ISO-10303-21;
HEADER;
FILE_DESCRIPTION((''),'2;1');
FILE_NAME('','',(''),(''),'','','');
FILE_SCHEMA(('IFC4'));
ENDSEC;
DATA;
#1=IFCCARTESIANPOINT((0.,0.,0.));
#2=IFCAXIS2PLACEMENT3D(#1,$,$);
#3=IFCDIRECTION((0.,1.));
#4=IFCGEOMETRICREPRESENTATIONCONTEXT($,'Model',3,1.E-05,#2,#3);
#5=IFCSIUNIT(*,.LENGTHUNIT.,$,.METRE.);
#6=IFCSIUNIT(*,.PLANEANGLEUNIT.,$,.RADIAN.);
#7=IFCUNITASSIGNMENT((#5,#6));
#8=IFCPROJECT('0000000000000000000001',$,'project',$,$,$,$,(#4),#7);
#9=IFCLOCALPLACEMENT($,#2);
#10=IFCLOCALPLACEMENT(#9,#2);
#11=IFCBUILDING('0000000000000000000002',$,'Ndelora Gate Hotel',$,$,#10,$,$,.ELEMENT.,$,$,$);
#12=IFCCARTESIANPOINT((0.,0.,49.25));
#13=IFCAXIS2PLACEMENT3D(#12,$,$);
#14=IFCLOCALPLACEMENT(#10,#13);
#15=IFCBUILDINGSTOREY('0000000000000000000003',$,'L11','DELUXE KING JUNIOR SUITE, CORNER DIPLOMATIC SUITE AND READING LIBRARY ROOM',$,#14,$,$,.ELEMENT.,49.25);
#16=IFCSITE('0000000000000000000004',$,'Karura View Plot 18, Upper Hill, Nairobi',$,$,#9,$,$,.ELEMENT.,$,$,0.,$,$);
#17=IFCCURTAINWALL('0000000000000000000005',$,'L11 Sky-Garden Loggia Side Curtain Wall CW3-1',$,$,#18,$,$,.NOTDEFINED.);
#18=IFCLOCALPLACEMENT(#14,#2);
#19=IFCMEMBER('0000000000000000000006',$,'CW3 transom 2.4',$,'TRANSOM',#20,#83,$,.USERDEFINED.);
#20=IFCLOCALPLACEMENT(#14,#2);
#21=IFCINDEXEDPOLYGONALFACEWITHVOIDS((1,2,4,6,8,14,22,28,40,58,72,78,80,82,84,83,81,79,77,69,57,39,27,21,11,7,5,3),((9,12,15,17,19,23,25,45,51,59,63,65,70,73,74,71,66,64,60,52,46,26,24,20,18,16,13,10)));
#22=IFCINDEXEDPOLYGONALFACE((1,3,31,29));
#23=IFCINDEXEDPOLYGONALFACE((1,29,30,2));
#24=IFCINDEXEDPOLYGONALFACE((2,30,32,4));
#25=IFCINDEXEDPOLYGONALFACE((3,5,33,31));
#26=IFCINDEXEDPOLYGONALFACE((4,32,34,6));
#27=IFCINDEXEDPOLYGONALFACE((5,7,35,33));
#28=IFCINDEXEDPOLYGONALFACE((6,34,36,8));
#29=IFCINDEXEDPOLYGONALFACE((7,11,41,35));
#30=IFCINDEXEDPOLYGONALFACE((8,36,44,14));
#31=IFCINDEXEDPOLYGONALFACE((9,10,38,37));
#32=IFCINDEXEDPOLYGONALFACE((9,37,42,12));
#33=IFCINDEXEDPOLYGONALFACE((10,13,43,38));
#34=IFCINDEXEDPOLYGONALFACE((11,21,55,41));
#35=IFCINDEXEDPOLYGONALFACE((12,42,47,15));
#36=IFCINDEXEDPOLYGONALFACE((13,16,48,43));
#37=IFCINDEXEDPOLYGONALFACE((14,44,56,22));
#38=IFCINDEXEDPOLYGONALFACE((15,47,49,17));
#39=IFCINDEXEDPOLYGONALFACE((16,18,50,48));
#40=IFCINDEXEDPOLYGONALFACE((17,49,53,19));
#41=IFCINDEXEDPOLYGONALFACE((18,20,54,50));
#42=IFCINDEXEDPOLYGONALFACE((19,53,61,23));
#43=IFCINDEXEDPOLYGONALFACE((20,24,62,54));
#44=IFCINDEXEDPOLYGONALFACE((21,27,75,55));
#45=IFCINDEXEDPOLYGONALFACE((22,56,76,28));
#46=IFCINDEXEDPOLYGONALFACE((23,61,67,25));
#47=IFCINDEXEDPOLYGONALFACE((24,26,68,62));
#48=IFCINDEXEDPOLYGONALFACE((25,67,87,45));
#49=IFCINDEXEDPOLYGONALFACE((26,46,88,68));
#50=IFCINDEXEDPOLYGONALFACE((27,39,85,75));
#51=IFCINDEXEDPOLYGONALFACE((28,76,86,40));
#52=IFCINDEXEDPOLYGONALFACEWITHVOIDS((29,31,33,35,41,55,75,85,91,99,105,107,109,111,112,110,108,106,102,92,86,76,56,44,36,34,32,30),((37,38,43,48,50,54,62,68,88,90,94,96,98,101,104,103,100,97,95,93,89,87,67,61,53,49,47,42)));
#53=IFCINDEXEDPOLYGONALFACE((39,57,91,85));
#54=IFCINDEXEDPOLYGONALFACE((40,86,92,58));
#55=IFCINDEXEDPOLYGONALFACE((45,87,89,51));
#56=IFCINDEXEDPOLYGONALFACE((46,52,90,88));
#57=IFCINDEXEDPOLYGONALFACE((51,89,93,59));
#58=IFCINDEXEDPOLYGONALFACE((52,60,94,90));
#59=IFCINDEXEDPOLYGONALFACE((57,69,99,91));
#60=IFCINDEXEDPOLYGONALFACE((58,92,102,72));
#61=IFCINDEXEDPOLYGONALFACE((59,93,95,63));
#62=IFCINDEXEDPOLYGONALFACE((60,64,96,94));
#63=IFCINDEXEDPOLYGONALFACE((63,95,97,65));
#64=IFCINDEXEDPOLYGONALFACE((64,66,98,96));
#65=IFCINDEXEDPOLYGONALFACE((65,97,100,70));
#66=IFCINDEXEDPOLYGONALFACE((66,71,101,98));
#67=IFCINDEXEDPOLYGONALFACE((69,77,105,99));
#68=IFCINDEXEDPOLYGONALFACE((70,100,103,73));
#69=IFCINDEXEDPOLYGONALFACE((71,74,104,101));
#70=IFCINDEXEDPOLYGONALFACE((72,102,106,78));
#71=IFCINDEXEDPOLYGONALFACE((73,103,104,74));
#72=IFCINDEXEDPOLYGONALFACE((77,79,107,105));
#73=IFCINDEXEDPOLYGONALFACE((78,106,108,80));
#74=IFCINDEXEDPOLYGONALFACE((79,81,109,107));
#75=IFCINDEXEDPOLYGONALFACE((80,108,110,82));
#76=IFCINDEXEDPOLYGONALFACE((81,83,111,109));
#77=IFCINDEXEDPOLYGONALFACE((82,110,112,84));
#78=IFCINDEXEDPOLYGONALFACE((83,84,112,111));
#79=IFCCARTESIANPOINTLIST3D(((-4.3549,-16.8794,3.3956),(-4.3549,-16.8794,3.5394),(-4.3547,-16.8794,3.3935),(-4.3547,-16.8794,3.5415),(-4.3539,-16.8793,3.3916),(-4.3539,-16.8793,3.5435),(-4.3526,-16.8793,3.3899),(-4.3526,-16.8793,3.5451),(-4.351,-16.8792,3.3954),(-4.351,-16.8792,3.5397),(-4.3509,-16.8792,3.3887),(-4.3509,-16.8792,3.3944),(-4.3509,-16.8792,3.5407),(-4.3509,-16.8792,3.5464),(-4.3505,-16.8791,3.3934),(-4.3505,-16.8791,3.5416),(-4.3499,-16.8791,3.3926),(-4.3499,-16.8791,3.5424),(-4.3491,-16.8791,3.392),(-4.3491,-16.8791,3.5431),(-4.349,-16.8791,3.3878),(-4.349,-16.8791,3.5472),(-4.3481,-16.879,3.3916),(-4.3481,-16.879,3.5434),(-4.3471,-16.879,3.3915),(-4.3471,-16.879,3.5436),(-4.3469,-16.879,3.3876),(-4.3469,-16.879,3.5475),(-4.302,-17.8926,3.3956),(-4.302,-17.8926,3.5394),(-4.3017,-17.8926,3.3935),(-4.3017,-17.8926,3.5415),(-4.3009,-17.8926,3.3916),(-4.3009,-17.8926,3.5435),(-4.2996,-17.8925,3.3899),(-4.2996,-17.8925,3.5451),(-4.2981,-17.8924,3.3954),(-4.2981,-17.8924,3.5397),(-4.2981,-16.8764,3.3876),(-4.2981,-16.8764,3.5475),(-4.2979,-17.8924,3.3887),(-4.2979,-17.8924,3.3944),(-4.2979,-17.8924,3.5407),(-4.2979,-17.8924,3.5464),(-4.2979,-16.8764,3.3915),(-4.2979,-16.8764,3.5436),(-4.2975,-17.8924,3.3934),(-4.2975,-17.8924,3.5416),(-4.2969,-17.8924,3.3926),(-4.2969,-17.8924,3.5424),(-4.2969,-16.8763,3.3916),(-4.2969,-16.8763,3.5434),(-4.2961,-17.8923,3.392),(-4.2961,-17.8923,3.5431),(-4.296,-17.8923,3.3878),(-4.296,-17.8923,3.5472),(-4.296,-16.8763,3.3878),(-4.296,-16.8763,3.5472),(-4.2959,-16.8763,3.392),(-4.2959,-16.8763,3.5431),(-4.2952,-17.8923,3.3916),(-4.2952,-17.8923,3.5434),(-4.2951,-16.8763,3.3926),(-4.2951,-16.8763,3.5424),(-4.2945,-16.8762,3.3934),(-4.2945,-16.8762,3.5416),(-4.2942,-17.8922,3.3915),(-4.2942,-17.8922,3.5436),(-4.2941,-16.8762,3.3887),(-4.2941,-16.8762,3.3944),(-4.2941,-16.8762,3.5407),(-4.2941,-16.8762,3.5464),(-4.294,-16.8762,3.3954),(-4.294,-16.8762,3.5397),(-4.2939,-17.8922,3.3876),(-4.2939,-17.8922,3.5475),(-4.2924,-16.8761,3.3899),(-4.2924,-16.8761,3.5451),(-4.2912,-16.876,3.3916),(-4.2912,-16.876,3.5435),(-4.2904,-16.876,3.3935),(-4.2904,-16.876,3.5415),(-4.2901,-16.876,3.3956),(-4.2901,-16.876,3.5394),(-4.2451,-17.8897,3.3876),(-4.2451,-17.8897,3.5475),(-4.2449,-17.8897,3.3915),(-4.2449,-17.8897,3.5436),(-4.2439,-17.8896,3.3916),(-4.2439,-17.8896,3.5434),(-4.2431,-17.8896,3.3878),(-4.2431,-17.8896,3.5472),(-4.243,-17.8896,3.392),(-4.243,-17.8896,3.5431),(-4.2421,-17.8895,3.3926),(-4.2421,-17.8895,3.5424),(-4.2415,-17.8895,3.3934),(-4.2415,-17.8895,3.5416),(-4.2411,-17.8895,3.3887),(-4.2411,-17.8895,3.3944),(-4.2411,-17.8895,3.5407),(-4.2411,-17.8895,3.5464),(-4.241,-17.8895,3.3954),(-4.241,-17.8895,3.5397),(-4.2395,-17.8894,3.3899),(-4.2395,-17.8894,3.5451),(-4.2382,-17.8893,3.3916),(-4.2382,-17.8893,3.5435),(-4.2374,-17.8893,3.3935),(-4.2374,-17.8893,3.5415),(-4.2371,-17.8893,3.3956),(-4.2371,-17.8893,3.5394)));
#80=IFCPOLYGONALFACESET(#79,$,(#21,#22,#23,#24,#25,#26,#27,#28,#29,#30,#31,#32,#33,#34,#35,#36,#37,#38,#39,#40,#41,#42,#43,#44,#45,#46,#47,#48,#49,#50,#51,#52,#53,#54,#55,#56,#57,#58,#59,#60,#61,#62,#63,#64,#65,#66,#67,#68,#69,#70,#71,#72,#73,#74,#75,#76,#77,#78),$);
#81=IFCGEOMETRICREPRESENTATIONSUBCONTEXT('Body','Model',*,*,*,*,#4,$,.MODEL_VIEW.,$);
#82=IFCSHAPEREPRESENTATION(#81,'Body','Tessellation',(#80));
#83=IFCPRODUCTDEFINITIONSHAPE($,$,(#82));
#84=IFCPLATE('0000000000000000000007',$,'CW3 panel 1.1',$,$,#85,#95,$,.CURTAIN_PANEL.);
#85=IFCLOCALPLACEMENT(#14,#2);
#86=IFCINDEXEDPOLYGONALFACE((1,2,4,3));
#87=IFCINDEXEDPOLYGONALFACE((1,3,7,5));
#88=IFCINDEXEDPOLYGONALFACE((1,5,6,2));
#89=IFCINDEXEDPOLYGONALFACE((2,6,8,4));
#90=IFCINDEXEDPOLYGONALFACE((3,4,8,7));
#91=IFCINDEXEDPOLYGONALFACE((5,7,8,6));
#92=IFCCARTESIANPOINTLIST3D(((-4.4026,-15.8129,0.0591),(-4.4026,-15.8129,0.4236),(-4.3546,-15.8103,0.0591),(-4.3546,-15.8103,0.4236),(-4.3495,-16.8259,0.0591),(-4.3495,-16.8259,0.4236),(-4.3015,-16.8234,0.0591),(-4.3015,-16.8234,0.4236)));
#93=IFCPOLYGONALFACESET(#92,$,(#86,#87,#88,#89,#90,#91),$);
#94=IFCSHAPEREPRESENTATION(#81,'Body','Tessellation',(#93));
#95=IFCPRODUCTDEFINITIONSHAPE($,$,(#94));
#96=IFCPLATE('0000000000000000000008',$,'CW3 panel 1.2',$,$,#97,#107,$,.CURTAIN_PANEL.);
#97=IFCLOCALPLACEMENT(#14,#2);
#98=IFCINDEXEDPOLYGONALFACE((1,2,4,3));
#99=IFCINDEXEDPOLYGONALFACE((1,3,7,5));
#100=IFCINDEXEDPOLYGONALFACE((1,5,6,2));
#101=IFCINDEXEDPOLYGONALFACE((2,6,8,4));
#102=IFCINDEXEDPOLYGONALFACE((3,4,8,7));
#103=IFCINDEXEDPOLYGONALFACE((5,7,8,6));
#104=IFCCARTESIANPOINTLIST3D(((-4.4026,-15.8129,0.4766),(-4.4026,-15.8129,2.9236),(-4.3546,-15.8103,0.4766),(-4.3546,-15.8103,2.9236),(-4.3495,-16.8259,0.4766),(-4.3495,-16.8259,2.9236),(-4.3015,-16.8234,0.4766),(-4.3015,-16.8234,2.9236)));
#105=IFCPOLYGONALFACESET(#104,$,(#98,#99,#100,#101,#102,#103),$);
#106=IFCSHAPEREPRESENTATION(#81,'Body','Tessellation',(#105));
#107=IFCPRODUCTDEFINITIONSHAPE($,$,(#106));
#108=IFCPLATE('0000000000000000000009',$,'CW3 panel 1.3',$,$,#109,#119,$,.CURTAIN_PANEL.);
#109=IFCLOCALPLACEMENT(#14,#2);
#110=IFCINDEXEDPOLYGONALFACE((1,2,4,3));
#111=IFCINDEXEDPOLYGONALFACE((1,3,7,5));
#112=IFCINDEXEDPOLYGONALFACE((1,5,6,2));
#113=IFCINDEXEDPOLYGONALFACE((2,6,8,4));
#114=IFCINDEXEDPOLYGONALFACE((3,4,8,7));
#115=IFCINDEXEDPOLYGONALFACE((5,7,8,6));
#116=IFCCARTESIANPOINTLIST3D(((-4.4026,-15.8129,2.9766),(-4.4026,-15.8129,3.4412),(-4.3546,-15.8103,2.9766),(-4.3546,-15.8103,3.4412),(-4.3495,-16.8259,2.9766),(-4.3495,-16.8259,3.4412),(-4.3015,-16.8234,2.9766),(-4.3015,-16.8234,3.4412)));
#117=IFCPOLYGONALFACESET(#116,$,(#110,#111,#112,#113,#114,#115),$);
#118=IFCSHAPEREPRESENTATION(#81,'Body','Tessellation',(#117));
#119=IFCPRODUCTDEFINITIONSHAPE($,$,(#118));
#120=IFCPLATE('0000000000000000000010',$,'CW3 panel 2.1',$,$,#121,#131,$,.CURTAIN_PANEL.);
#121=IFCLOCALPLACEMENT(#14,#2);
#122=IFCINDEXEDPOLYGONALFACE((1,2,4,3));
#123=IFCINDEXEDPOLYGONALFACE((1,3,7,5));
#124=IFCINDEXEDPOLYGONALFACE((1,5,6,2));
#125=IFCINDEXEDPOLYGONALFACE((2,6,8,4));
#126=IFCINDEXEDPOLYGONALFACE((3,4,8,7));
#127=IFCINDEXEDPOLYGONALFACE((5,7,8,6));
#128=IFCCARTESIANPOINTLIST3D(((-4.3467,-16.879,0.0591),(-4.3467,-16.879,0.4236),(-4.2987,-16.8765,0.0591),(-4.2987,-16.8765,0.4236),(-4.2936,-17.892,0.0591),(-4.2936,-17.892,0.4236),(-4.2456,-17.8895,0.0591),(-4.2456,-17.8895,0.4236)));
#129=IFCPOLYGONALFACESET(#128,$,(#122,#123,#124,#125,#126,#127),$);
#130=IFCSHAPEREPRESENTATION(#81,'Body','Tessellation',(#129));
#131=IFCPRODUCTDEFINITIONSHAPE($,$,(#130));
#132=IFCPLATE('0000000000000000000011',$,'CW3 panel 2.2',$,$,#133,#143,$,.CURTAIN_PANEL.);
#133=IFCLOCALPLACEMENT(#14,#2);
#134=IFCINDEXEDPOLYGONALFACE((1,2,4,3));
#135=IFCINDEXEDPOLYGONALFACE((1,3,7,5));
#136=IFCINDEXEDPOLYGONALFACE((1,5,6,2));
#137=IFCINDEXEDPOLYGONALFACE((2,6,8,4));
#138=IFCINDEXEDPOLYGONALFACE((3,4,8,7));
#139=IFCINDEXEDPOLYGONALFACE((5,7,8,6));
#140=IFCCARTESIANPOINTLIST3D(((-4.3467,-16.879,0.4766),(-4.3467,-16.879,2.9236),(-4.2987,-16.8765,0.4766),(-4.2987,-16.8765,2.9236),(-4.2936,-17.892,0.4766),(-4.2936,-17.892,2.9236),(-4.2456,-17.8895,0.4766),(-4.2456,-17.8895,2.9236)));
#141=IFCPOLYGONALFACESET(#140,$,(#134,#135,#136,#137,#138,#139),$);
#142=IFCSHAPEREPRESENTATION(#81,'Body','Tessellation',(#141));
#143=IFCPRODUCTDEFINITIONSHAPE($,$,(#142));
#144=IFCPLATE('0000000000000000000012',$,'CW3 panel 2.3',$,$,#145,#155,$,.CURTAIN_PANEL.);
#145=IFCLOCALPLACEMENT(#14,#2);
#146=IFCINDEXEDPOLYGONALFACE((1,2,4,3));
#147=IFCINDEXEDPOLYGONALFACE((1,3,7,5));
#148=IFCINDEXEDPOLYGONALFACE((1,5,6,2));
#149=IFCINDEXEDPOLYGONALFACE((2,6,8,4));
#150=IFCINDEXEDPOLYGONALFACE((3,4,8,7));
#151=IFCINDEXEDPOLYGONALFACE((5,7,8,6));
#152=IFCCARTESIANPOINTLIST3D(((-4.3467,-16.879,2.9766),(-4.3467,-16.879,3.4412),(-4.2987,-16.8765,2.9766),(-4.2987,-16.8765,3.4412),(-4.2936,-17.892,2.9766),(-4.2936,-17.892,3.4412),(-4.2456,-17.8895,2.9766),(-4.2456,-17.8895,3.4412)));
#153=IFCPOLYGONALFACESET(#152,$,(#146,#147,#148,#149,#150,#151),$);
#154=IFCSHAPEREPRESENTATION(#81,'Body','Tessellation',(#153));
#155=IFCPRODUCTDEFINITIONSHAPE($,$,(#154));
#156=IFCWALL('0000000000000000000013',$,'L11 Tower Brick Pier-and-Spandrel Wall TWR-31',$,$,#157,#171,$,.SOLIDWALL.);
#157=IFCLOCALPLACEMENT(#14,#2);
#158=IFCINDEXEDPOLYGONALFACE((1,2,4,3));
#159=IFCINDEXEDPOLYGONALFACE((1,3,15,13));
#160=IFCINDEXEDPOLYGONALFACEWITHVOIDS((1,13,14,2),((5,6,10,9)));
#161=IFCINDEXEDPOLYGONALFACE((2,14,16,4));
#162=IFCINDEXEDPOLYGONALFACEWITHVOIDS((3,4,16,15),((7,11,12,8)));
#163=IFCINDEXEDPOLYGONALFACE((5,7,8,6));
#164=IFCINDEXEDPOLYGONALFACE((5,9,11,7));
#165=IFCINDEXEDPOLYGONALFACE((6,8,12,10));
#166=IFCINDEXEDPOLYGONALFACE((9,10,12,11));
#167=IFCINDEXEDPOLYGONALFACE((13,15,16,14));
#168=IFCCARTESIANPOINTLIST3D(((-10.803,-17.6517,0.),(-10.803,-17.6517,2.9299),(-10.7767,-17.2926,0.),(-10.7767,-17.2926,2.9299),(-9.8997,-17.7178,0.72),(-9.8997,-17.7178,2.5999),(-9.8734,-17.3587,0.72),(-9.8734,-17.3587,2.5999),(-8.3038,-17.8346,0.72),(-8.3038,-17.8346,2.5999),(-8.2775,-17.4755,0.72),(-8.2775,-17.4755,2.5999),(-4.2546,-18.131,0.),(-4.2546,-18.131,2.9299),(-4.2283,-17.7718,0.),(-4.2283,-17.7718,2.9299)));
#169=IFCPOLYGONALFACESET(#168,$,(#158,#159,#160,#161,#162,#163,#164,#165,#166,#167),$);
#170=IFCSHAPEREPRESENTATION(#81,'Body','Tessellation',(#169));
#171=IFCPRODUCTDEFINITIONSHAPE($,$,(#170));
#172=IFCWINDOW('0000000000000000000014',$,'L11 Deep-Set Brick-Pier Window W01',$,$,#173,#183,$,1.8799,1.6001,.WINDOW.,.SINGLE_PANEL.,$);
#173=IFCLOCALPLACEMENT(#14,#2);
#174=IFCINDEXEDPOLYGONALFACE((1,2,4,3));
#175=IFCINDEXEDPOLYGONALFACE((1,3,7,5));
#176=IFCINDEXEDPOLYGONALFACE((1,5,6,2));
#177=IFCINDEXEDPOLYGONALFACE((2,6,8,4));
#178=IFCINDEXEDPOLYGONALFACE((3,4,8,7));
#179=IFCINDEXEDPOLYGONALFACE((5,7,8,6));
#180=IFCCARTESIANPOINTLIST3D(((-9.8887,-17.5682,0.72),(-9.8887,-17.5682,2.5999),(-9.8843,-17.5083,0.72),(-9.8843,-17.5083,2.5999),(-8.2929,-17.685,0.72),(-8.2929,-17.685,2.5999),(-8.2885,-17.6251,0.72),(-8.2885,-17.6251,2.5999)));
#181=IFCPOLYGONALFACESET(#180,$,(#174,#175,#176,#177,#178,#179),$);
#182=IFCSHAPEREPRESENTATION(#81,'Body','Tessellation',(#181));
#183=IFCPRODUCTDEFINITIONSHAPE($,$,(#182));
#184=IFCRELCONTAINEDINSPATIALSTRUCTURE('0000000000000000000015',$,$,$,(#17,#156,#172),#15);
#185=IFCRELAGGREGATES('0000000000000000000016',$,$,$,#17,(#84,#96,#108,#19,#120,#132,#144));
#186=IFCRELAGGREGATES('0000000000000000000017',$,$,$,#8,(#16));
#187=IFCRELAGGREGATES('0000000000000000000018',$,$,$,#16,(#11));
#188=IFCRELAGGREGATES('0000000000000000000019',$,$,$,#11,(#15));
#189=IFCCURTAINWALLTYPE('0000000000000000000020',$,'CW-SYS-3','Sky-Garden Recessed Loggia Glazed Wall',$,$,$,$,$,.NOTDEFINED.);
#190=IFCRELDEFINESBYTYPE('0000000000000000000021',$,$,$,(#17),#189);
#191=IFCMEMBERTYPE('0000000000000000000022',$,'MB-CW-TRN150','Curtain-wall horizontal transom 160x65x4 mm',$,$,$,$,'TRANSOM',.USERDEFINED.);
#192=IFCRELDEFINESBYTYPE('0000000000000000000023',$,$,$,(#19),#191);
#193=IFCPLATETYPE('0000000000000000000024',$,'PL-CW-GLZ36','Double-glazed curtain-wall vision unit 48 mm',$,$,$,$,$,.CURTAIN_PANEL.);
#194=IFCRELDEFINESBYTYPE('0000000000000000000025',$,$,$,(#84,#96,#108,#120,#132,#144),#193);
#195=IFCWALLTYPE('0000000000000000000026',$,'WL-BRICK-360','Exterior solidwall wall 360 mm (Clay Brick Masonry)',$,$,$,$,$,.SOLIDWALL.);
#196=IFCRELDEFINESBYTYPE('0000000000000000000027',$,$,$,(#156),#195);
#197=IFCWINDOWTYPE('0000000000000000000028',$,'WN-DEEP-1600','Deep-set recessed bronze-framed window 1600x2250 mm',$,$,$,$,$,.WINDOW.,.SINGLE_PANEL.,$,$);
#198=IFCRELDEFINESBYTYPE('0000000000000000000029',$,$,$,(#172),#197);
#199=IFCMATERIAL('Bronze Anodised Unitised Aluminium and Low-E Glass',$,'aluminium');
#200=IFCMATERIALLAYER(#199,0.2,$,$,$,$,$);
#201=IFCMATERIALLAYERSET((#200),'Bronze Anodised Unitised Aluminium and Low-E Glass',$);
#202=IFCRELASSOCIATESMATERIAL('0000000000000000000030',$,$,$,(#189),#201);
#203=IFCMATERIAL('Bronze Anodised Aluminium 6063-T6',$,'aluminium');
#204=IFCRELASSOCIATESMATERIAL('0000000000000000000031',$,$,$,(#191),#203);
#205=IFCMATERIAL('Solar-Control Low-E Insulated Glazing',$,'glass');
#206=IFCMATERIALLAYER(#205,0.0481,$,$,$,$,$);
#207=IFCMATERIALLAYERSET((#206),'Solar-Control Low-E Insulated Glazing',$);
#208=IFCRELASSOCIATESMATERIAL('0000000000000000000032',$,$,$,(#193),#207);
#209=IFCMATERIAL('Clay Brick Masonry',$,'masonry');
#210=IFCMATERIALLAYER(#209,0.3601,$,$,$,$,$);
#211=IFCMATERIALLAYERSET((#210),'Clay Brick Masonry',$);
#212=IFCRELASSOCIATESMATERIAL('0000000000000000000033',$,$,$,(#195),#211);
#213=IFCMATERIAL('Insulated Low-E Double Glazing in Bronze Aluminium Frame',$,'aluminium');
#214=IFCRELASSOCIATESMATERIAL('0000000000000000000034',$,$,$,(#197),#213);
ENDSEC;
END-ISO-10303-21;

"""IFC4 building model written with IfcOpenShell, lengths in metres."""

from ifc_helpers import new_model, si_unit, direction, frame, frame_2d, origin, origin_2d, place, context, subcontext, project, spatial, rectangle, hollow_rectangle, extrude, material, layer, layer_set, material_profile, profile_set, type_object, element, fill, aggregate, save


model = new_model("IFC4")

# Units and contexts
model_context = context("Model", 3, precision=1e-05, world=origin(), true_north=direction((0.0, 1.0)))
body_context = subcontext(model_context, "Body", "Model", "MODEL_VIEW")
ifc_project = project(units=[si_unit("LENGTHUNIT", "METRE"), si_unit("PLANEANGLEUNIT", "RADIAN")], contexts=[model_context])

# Site, building, storey
site_placement = place(None, origin())
site = spatial("IfcSite", under=ifc_project, at=site_placement, Name="Karura View Plot 18, Upper Hill, Nairobi", CompositionType="ELEMENT", RefElevation=0.0)
building_placement = place(site_placement, origin())
building = spatial("IfcBuilding", under=site, at=building_placement, Name="Ndelora Gate Hotel", CompositionType="ELEMENT")
storey_placement = place(building_placement, frame((0.0, 0.0, 49.25)))
storey = spatial("IfcBuildingStorey", under=building, at=storey_placement, Name="L11", Description="DELUXE KING JUNIOR SUITE, CORNER DIPLOMATIC SUITE AND READING LIBRARY ROOM", CompositionType="ELEMENT", Elevation=49.25)

# Curtain wall, member, plates
ifc_material_1 = material(Name="Bronze Anodised Unitised Aluminium and Low-E Glass", Category="aluminium")
ifc_layer_1 = layer(ifc_material_1, 0.2)
ifc_layer_set_1 = layer_set([ifc_layer_1], Name="Bronze Anodised Unitised Aluminium and Low-E Glass")
curtain_wall_type = type_object("IfcCurtainWallType", Name="CW-SYS-3", Description="Sky-Garden Recessed Loggia Glazed Wall", PredefinedType="NOTDEFINED", material=ifc_layer_set_1)
curtain_wall_placement = place(storey_placement, origin())
curtain_wall = element("IfcCurtainWall", 1, at=curtain_wall_placement, inside=storey, type_object=curtain_wall_type, Name="L11 Sky-Garden Loggia Side Curtain Wall CW3-1", PredefinedType="NOTDEFINED")
ifc_material_2 = material(Name="Bronze Anodised Aluminium 6063-T6", Category="aluminium")
ifc_material_profile_1 = material_profile(ifc_material_2, hollow_rectangle(XDim=0.0649, YDim=0.1599, WallThickness=0.0039, InnerFilletRadius=0.0039, OuterFilletRadius=0.0081, at=origin_2d()), Name="ALU 160x65x4")
ifc_profile_set_1 = profile_set([ifc_material_profile_1], Name="Bronze Anodised Aluminium 6063-T6")
member_type_1 = type_object("IfcMemberType", Name="MB-CW-TRN150", Description="Curtain-wall horizontal transom 160x65x4 mm", ElementType="TRANSOM", PredefinedType="USERDEFINED", material=ifc_profile_set_1)
member_1_placement = place(storey_placement, frame((-4.3225, -16.8777, 3.4675), z_axis=(0.052218, -0.998636, 0.0), x_axis=(0.998636, 0.052218, 0.0)))
member_1 = element("IfcMember", 2, at=member_1_placement, type_object=member_type_1, Name="CW3 transom 2.4", ObjectType="TRANSOM", PredefinedType="USERDEFINED", context=body_context, shape_type="SweptSolid", body=[
    extrude(hollow_rectangle(XDim=0.0649, YDim=0.1599, WallThickness=0.0039, InnerFilletRadius=0.0039, OuterFilletRadius=0.0081, at=origin_2d()), origin(), (0.0, 0.0, 1.0), 1.0146),
])
ifc_material_3 = material(Name="Solar-Control Low-E Insulated Glazing", Category="glass")
ifc_layer_2 = layer(ifc_material_3, 0.0481)
ifc_layer_set_2 = layer_set([ifc_layer_2], Name="Solar-Control Low-E Insulated Glazing")
plate_type = type_object("IfcPlateType", Name="PL-CW-GLZ36", Description="Double-glazed curtain-wall vision unit 48 mm", PredefinedType="CURTAIN_PANEL", material=ifc_layer_set_2)
plate_1_placement = place(storey_placement, frame((-4.3521, -16.3181, 0.0591), z_axis=(0.0, 0.0, 1.0), x_axis=(0.052363, -0.998628, 0.0)))
plate_1 = element("IfcPlate", 3, at=plate_1_placement, type_object=plate_type, Name="CW3 panel 1.1", PredefinedType="CURTAIN_PANEL", context=body_context, shape_type="SweptSolid", body=[
    extrude(rectangle(XDim=1.0144, YDim=0.0481, at=origin_2d()), origin(), (0.0, 0.0, 1.0), 0.3645),
])
plate_2_placement = place(storey_placement, frame((-4.3521, -16.3181, 0.4766), z_axis=(0.0, 0.0, 1.0), x_axis=(0.052363, -0.998628, 0.0)))
plate_2 = element("IfcPlate", 4, at=plate_2_placement, type_object=plate_type, Name="CW3 panel 1.2", PredefinedType="CURTAIN_PANEL", context=body_context, shape_type="SweptSolid", body=[
    extrude(rectangle(XDim=1.0144, YDim=0.0481, at=origin_2d()), origin(), (0.0, 0.0, 1.0), 2.447),
])
plate_3_placement = place(storey_placement, frame((-4.3521, -16.3181, 2.9766), z_axis=(0.0, 0.0, 1.0), x_axis=(0.052363, -0.998628, 0.0)))
plate_3 = element("IfcPlate", 5, at=plate_3_placement, type_object=plate_type, Name="CW3 panel 1.3", PredefinedType="CURTAIN_PANEL", context=body_context, shape_type="SweptSolid", body=[
    extrude(rectangle(XDim=1.0144, YDim=0.0481, at=origin_2d()), origin(), (0.0, 0.0, 1.0), 0.4646),
])
plate_4_placement = place(storey_placement, frame((-4.2961, -17.3843, 0.0591), z_axis=(0.0, 0.0, 1.0), x_axis=(0.052363, -0.998628, 0.0)))
plate_4 = element("IfcPlate", 6, at=plate_4_placement, type_object=plate_type, Name="CW3 panel 2.1", PredefinedType="CURTAIN_PANEL", context=body_context, shape_type="SweptSolid", body=[
    extrude(rectangle(XDim=1.0144, YDim=0.0481, at=origin_2d()), origin(), (0.0, 0.0, 1.0), 0.3645),
])
plate_5_placement = place(storey_placement, frame((-4.2961, -17.3843, 0.4766), z_axis=(0.0, 0.0, 1.0), x_axis=(0.052363, -0.998628, 0.0)))
plate_5 = element("IfcPlate", 7, at=plate_5_placement, type_object=plate_type, Name="CW3 panel 2.2", PredefinedType="CURTAIN_PANEL", context=body_context, shape_type="SweptSolid", body=[
    extrude(rectangle(XDim=1.0144, YDim=0.0481, at=origin_2d()), origin(), (0.0, 0.0, 1.0), 2.447),
])
plate_6_placement = place(storey_placement, frame((-4.2961, -17.3843, 2.9766), z_axis=(0.0, 0.0, 1.0), x_axis=(0.052363, -0.998628, 0.0)))
plate_6 = element("IfcPlate", 8, at=plate_6_placement, type_object=plate_type, Name="CW3 panel 2.3", PredefinedType="CURTAIN_PANEL", context=body_context, shape_type="SweptSolid", body=[
    extrude(rectangle(XDim=1.0144, YDim=0.0481, at=origin_2d()), origin(), (0.0, 0.0, 1.0), 0.4646),
])
aggregate(curtain_wall, [plate_1, plate_2, plate_3, member_1, plate_4, plate_5, plate_6])

# Wall, opening, window
ifc_material_4 = material(Name="Clay Brick Masonry", Category="masonry")
ifc_layer_3 = layer(ifc_material_4, 0.3601)
ifc_layer_set_3 = layer_set([ifc_layer_3], Name="Clay Brick Masonry")
wall_type = type_object("IfcWallType", Name="WL-BRICK-360", Description="Exterior solidwall wall 360 mm (Clay Brick Masonry)", PredefinedType="SOLIDWALL", material=ifc_layer_set_3)
wall_placement = place(storey_placement, frame((-4.2415, -17.9514, 0.0), z_axis=(0.0, 0.0, 1.0), x_axis=(-0.997333, 0.072991, 0.0)))
wall = element("IfcWall", 9, at=wall_placement, inside=storey, type_object=wall_type, Name="L11 Tower Brick Pier-and-Spandrel Wall TWR-31", PredefinedType="SOLIDWALL", context=body_context, shape_type="SweptSolid", body=[
    extrude(rectangle(XDim=6.5659, YDim=0.3601, at=frame_2d((3.283, 0.0))), origin(), (0.0, 0.0, 1.0), 2.9299),
])
opening_placement = place(wall_placement, frame((4.0601, 0.0, 0.72)))
opening = element("IfcOpeningElement", 10, at=opening_placement, cuts=wall, PredefinedType="OPENING", context=body_context, shape_type="SweptSolid", body=[
    extrude(rectangle(XDim=1.6001, YDim=1.8799, at=frame_2d((0.8, 0.9399))), frame((0.0, 0.1899, 0.0), z_axis=(0.0, -1.0, 0.0), x_axis=(1.0, 0.0, 0.0)), (0.0, 0.0, 1.0), 0.3801),
])
ifc_material_5 = material(Name="Insulated Low-E Double Glazing in Bronze Aluminium Frame", Category="aluminium")
window_type = type_object("IfcWindowType", Name="WN-DEEP-1600", Description="Deep-set recessed bronze-framed window 1600x2250 mm", PartitioningType="SINGLE_PANEL", PredefinedType="WINDOW", material=ifc_material_5)
window_placement = place(opening_placement, origin())
window = element("IfcWindow", 11, at=window_placement, inside=storey, type_object=window_type, Name="L11 Deep-Set Brick-Pier Window W01", OverallHeight=1.8799, OverallWidth=1.6001, PartitioningType="SINGLE_PANEL", PredefinedType="WINDOW", context=body_context, shape_type="SweptSolid", body=[
    extrude(rectangle(XDim=1.6001, YDim=1.8799, at=frame_2d((0.8, 0.9399))), frame((0.0, 0.03, 0.0), z_axis=(0.0, -1.0, 0.0), x_axis=(1.0, 0.0, 0.0)), (0.0, 0.0, 1.0), 0.0601),
])
fill(opening, window)

save(model, "model.ifc")
